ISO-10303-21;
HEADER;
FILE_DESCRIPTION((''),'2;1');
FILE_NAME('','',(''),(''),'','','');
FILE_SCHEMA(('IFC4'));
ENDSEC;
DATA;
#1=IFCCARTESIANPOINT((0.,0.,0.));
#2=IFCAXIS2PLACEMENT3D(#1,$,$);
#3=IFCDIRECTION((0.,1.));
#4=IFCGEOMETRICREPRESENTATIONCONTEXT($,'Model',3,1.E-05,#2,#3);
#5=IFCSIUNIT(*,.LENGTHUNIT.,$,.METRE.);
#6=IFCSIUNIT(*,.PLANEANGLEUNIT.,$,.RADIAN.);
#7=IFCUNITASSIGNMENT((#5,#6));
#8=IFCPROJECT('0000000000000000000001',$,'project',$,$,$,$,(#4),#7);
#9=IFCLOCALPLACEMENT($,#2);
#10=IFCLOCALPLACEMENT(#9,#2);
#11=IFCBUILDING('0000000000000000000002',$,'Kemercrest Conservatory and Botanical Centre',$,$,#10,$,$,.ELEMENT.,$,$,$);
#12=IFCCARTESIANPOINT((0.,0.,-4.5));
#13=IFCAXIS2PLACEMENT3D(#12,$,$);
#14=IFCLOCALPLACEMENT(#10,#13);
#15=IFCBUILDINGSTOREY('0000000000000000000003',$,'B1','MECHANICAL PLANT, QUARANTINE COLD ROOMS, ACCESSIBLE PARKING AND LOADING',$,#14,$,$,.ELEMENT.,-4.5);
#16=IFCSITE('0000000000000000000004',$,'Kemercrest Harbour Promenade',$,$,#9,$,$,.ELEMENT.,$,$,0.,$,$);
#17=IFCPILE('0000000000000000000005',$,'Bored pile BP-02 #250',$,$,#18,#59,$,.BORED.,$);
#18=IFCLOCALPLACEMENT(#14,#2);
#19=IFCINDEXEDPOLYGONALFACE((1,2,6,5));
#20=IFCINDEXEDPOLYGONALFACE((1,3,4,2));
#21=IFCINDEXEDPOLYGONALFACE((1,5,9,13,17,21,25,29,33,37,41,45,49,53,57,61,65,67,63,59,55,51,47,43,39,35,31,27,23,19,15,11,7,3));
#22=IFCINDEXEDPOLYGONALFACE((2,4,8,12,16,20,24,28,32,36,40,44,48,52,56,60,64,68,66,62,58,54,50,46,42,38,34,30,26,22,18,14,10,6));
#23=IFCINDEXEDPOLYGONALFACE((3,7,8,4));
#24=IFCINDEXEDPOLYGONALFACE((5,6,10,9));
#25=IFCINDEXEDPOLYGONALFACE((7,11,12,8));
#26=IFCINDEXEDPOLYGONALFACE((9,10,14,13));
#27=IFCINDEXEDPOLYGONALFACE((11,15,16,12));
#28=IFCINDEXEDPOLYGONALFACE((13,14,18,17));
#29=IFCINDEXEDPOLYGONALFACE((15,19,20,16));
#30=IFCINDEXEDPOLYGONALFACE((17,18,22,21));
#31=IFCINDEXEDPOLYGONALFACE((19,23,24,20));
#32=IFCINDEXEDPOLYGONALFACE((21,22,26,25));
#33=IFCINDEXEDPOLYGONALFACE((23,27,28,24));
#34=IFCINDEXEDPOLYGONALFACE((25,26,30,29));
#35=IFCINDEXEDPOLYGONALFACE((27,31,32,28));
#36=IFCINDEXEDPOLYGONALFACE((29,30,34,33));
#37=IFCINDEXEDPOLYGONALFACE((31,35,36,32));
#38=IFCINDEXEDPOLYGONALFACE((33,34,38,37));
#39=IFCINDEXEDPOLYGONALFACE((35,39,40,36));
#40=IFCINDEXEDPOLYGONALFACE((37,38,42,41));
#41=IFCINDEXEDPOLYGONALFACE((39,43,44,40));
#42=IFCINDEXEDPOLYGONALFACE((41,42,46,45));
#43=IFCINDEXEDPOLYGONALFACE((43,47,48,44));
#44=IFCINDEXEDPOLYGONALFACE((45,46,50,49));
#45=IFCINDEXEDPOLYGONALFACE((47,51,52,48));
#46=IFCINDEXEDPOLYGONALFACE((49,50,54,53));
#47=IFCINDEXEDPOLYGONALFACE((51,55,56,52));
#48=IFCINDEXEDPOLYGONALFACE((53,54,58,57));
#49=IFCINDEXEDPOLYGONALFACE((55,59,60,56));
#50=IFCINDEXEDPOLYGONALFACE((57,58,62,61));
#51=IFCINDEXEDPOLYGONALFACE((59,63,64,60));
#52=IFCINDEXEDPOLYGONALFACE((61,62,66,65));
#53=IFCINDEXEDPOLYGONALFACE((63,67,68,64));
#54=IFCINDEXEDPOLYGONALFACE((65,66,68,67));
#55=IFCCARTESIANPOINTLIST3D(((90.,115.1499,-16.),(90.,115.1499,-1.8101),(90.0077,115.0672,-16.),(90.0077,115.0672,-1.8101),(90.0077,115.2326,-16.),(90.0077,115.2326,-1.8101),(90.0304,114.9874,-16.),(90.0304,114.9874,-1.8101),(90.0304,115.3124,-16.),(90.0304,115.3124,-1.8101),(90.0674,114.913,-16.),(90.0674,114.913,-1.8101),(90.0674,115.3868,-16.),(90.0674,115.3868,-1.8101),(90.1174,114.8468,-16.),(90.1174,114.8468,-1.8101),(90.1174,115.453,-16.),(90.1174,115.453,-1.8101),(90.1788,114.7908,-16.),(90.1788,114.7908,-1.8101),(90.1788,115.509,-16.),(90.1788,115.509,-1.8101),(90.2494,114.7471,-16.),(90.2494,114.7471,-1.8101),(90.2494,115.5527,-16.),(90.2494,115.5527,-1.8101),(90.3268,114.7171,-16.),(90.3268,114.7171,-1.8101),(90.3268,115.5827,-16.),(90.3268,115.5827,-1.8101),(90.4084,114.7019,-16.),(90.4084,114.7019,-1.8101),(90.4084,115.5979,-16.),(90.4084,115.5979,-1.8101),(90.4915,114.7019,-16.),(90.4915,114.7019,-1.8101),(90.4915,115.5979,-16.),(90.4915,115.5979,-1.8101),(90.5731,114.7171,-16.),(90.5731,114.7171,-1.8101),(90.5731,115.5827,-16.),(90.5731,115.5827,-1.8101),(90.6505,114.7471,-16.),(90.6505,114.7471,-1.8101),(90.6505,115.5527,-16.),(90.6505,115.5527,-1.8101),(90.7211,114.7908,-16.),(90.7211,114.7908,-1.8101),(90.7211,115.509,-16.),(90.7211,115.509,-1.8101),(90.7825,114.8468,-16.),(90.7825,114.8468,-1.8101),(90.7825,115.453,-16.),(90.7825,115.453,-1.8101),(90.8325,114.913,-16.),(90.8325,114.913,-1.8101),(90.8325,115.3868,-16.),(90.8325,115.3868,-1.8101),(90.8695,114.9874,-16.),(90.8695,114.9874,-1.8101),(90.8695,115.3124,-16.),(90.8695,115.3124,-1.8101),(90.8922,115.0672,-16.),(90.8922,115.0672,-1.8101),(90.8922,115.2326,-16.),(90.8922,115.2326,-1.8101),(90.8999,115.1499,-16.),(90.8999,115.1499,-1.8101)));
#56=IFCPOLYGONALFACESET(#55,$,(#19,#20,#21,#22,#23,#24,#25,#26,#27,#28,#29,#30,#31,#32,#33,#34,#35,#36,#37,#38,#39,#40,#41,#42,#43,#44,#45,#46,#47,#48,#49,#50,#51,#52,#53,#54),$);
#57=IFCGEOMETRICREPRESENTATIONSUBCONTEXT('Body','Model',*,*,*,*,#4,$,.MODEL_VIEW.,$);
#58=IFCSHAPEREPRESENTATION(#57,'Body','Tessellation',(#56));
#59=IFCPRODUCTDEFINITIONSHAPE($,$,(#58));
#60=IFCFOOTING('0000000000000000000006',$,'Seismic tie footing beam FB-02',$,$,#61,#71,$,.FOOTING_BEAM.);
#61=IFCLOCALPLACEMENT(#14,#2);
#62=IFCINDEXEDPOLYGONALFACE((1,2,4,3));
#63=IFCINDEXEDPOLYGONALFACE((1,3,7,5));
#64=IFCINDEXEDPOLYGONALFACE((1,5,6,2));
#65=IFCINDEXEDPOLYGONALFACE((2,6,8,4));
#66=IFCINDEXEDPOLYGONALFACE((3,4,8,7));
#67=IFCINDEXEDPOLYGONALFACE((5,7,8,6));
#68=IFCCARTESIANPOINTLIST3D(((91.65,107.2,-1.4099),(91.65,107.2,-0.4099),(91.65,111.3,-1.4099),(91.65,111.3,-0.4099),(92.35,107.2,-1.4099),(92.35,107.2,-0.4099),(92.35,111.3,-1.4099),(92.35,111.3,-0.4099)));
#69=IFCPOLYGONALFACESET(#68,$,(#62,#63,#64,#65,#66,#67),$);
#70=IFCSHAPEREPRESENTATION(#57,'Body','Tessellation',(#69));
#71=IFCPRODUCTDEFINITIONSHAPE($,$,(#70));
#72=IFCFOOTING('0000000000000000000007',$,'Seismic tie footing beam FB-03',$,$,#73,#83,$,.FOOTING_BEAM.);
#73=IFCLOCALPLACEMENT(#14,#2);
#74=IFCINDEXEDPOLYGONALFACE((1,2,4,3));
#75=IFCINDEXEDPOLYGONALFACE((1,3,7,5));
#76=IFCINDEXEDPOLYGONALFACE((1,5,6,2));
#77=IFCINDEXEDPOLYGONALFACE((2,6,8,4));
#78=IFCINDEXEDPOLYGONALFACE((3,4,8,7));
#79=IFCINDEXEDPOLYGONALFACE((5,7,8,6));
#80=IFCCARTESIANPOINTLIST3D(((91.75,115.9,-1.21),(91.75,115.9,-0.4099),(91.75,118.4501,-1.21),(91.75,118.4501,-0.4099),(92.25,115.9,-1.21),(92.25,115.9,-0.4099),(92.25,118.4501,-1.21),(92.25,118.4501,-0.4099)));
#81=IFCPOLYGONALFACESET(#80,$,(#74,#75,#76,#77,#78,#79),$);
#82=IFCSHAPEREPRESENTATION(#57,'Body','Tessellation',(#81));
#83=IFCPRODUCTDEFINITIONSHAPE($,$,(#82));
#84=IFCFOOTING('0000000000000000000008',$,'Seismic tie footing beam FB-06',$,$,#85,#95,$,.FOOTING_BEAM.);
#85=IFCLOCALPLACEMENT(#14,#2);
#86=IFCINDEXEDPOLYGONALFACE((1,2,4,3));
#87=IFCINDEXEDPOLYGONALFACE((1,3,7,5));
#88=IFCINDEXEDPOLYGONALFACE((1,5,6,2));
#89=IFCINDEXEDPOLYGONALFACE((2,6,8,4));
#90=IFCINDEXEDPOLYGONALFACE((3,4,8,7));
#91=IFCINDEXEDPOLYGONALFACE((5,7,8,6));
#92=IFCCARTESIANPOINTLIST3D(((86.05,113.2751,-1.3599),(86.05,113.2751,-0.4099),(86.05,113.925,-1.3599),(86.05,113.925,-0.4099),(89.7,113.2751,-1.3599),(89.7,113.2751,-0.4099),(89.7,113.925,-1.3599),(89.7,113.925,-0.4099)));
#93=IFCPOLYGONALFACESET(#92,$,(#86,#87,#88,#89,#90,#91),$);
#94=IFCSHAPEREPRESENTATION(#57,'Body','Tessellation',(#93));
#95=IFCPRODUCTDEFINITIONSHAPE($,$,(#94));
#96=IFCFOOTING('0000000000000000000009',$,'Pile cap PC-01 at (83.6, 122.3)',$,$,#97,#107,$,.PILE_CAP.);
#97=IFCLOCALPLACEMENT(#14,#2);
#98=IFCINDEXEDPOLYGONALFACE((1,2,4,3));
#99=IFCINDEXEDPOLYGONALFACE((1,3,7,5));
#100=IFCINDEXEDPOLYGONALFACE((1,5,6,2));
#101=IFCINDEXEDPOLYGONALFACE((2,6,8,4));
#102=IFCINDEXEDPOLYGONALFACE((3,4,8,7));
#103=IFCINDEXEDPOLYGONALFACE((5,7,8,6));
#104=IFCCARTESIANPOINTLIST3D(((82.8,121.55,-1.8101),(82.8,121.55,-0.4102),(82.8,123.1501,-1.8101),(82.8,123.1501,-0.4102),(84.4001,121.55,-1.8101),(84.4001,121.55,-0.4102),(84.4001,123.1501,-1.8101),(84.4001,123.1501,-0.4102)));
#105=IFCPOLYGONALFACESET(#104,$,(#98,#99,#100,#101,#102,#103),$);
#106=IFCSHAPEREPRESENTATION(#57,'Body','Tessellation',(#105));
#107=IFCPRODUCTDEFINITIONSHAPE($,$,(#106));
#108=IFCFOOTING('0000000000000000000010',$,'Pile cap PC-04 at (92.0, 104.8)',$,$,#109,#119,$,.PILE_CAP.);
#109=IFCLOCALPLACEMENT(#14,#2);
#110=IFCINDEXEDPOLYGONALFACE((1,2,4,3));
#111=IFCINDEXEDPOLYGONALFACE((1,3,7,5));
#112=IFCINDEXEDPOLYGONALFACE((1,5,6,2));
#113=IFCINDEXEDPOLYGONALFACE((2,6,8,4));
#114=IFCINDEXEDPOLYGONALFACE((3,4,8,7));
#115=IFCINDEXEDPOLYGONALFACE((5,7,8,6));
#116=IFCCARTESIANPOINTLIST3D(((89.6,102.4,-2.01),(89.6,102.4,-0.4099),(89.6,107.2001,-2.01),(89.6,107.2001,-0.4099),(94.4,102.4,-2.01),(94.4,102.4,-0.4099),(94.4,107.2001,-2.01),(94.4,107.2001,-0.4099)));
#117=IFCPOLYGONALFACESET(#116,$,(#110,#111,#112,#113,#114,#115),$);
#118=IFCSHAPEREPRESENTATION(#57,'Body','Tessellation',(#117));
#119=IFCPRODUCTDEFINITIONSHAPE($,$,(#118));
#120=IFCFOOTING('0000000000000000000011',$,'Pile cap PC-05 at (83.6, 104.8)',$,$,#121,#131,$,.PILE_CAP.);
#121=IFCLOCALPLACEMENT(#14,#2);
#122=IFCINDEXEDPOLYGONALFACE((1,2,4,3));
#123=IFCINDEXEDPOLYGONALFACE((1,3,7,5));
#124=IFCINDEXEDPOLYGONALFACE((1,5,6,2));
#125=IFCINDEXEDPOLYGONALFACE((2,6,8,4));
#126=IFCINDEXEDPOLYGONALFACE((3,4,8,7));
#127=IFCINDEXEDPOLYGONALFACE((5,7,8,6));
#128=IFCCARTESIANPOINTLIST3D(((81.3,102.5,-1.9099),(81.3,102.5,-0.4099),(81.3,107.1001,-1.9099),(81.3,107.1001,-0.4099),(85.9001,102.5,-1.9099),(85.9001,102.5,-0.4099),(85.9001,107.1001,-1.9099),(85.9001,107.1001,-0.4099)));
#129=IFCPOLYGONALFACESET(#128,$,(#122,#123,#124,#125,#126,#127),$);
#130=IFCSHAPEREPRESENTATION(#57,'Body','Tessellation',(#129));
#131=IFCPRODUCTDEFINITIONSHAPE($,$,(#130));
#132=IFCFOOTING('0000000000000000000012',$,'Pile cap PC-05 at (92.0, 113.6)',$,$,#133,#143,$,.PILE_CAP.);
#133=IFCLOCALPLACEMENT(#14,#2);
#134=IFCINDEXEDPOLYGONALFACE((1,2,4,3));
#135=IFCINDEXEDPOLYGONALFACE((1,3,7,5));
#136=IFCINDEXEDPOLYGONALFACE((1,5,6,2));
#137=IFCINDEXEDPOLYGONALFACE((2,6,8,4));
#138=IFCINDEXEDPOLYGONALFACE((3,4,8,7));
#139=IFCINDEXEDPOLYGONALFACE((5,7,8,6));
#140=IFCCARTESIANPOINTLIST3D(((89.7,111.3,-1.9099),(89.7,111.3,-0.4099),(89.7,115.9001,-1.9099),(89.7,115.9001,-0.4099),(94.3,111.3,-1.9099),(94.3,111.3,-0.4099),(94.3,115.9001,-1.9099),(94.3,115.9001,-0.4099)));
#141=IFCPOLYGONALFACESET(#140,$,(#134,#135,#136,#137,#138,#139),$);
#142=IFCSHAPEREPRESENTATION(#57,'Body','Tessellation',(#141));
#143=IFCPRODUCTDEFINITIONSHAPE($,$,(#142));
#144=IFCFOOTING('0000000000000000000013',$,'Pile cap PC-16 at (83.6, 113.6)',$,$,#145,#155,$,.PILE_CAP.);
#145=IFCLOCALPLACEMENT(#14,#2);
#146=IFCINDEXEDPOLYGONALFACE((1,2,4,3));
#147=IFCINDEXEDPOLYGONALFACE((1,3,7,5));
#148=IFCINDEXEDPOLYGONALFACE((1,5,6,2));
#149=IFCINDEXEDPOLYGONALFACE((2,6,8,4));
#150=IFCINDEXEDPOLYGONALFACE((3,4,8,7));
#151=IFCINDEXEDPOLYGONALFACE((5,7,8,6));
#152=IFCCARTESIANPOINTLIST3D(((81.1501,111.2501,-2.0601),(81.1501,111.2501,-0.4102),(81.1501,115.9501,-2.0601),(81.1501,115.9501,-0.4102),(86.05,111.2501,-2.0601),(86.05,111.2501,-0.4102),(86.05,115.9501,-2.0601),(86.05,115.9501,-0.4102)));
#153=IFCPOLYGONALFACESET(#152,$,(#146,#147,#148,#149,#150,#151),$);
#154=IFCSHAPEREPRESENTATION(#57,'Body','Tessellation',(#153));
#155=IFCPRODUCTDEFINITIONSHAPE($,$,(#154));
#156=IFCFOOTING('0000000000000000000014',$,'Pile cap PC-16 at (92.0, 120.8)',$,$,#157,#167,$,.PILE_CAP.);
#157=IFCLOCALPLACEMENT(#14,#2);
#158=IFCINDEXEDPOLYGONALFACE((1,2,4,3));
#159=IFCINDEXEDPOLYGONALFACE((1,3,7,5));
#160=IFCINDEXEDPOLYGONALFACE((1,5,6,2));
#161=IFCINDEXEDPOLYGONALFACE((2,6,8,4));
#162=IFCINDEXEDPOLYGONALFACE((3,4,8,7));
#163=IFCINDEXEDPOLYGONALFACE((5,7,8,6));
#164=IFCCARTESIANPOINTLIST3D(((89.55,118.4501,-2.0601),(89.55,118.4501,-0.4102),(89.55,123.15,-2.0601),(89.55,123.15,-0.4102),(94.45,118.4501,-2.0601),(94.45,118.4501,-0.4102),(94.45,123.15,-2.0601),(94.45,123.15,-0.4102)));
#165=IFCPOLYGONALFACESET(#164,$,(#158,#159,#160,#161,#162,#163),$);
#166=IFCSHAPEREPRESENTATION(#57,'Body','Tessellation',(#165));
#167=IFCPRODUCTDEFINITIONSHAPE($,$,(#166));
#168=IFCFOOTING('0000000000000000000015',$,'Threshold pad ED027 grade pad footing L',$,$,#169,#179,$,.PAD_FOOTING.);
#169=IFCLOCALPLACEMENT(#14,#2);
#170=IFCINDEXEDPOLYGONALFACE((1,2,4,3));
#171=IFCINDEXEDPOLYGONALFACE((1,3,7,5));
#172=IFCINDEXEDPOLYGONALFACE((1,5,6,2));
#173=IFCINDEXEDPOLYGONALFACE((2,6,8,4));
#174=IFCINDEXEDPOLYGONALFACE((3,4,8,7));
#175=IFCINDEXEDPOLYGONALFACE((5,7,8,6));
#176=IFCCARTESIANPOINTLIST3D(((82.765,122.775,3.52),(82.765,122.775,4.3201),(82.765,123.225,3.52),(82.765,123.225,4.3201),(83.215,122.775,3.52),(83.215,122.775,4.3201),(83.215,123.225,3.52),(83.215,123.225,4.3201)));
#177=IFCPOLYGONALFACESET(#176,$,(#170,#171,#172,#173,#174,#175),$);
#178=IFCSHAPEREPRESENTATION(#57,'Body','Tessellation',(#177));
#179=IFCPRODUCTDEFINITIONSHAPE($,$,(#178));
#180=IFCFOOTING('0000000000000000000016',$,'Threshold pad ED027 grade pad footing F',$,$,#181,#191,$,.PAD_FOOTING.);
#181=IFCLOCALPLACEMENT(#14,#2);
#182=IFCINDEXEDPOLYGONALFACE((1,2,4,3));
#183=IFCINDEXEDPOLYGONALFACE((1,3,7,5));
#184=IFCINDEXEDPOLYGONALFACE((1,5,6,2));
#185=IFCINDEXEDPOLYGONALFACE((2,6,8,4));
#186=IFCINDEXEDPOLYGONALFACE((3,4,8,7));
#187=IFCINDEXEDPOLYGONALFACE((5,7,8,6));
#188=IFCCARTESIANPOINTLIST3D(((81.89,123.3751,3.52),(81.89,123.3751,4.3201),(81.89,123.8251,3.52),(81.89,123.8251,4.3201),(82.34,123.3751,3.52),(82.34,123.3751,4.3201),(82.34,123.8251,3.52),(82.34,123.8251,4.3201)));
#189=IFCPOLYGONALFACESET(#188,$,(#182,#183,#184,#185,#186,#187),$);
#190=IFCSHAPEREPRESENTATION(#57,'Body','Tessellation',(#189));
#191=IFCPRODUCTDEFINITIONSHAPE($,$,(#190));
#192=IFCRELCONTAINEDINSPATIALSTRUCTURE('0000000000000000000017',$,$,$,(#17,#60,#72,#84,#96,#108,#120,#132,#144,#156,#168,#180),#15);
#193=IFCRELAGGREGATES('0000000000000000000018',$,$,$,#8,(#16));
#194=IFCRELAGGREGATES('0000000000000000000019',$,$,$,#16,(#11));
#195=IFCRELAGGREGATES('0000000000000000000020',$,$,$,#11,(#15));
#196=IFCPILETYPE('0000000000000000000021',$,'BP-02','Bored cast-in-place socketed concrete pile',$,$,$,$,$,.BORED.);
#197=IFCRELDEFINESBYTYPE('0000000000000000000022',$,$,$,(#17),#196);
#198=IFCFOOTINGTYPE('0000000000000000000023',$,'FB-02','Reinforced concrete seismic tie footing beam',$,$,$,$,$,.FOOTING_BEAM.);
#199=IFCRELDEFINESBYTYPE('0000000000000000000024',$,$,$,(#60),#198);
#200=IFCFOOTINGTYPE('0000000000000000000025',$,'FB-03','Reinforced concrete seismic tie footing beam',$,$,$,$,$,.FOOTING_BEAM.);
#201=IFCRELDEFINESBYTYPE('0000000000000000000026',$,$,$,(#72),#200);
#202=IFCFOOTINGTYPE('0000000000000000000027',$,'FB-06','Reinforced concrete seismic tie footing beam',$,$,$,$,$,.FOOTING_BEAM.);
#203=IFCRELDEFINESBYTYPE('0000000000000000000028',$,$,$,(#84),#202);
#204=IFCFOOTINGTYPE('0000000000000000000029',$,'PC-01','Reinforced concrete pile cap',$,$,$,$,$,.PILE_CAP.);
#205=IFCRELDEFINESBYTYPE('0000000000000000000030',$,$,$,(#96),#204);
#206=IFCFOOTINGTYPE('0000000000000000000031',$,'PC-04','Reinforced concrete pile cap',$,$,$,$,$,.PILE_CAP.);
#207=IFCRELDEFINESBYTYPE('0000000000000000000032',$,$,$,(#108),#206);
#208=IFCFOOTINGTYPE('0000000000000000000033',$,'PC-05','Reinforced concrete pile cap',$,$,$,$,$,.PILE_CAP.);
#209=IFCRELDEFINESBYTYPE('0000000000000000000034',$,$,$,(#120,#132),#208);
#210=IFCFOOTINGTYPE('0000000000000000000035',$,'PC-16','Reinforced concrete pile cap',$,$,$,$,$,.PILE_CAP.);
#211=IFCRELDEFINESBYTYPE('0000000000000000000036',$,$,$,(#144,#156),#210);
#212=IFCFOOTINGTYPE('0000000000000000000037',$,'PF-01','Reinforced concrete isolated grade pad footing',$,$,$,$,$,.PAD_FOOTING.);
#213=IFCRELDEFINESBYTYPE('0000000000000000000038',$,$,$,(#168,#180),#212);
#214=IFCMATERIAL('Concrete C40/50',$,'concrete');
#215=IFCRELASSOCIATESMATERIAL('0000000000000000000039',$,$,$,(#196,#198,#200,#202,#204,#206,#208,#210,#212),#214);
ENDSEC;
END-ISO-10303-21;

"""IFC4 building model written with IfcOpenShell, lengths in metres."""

from ifc_helpers import new_model, si_unit, direction, frame, origin, origin_2d, place, context, subcontext, project, spatial, rectangle, circle, extrude, material, material_profile, profile_set, type_object, element, save


model = new_model("IFC4")

# Units and contexts
model_context = context("Model", 3, precision=1e-05, world=origin(), true_north=direction((0.0, 1.0)))
body_context = subcontext(model_context, "Body", "Model", "MODEL_VIEW")
ifc_project = project(units=[si_unit("LENGTHUNIT", "METRE"), si_unit("PLANEANGLEUNIT", "RADIAN")], contexts=[model_context])

# Site, building, storey
site_placement = place(None, origin())
site = spatial("IfcSite", under=ifc_project, at=site_placement, Name="Kemercrest Harbour Promenade", CompositionType="ELEMENT", RefElevation=0.0)
building_placement = place(site_placement, origin())
building = spatial("IfcBuilding", under=site, at=building_placement, Name="Kemercrest Conservatory and Botanical Centre", CompositionType="ELEMENT")
storey_placement = place(building_placement, frame((0.0, 0.0, -4.5)))
storey = spatial("IfcBuildingStorey", under=building, at=storey_placement, Name="B1", Description="MECHANICAL PLANT, QUARANTINE COLD ROOMS, ACCESSIBLE PARKING AND LOADING", CompositionType="ELEMENT", Elevation=-4.5)

# Pile
ifc_material_1 = material(Name="Concrete C40/50", Category="concrete")
ifc_material_profile_1 = material_profile(ifc_material_1, circle(Radius=0.45, at=origin_2d()), Name="BORED PILE 900")
ifc_profile_set_1 = profile_set([ifc_material_profile_1], Name="Concrete C40/50")
pile_type_1 = type_object("IfcPileType", Name="BP-02", Description="Bored cast-in-place socketed concrete pile", PredefinedType="BORED", material=ifc_profile_set_1)
for number, where, z_axis, x_axis, name in (
    (1, (90.45, 115.1499, -1.8101), (0.0, 0.0, -1.0), (1.0, 0.0, 0.0), "Bored pile BP-02 #250"),
):
    element("IfcPile", number, at=place(storey_placement, frame(where, z_axis=z_axis, x_axis=x_axis)), inside=storey, type_object=pile_type_1, Name=name, PredefinedType="BORED", context=body_context, shape_type="SweptSolid", body=[
        extrude(circle(Radius=0.45, at=origin_2d()), origin(), (0.0, 0.0, 1.0), 14.1899),
    ])

# Footings
footing_type_1 = type_object("IfcFootingType", Name="FB-02", Description="Reinforced concrete seismic tie footing beam", PredefinedType="FOOTING_BEAM", material=ifc_material_1)
footing_1_placement = place(storey_placement, frame((92.0, 109.25, -1.4099), z_axis=(0.0, 0.0, 1.0), x_axis=(1.0, 0.0, 0.0)))
element("IfcFooting", 2, at=footing_1_placement, inside=storey, type_object=footing_type_1, Name="Seismic tie footing beam FB-02", PredefinedType="FOOTING_BEAM", context=body_context, shape_type="SweptSolid", body=[
    extrude(rectangle(XDim=0.7, YDim=4.1001, at=origin_2d()), origin(), (0.0, 0.0, 1.0), 1.0),
])
footing_type_2 = type_object("IfcFootingType", Name="FB-03", Description="Reinforced concrete seismic tie footing beam", PredefinedType="FOOTING_BEAM", material=ifc_material_1)
footing_2_placement = place(storey_placement, frame((92.0, 117.175, -1.21), z_axis=(0.0, 0.0, 1.0), x_axis=(1.0, 0.0, 0.0)))
element("IfcFooting", 3, at=footing_2_placement, inside=storey, type_object=footing_type_2, Name="Seismic tie footing beam FB-03", PredefinedType="FOOTING_BEAM", context=body_context, shape_type="SweptSolid", body=[
    extrude(rectangle(XDim=0.5, YDim=2.55, at=origin_2d()), origin(), (0.0, 0.0, 1.0), 0.8),
])
footing_type_3 = type_object("IfcFootingType", Name="FB-06", Description="Reinforced concrete seismic tie footing beam", PredefinedType="FOOTING_BEAM", material=ifc_material_1)
footing_3_placement = place(storey_placement, frame((87.875, 113.6001, -1.3599), z_axis=(0.0, 0.0, 1.0), x_axis=(1.0, 0.0, 0.0)))
element("IfcFooting", 4, at=footing_3_placement, inside=storey, type_object=footing_type_3, Name="Seismic tie footing beam FB-06", PredefinedType="FOOTING_BEAM", context=body_context, shape_type="SweptSolid", body=[
    extrude(rectangle(XDim=3.6499, YDim=0.6499, at=origin_2d()), origin(), (0.0, 0.0, 1.0), 0.95),
])
footing_type_4 = type_object("IfcFootingType", Name="PC-01", Description="Reinforced concrete pile cap", PredefinedType="PILE_CAP", material=ifc_material_1)
footing_4_placement = place(storey_placement, frame((83.6001, 122.3501, -1.8101), z_axis=(0.0, 0.0, 1.0), x_axis=(1.0, 0.0, 0.0)))
element("IfcFooting", 5, at=footing_4_placement, inside=storey, type_object=footing_type_4, Name="Pile cap PC-01 at (83.6, 122.3)", PredefinedType="PILE_CAP", context=body_context, shape_type="SweptSolid", body=[
    extrude(rectangle(XDim=1.6001, YDim=1.6001, at=origin_2d()), origin(), (0.0, 0.0, 1.0), 1.3999),
])
footing_type_5 = type_object("IfcFootingType", Name="PC-04", Description="Reinforced concrete pile cap", PredefinedType="PILE_CAP", material=ifc_material_1)
footing_5_placement = place(storey_placement, frame((92.0, 104.8, -2.01), z_axis=(0.0, 0.0, 1.0), x_axis=(1.0, 0.0, 0.0)))
element("IfcFooting", 6, at=footing_5_placement, inside=storey, type_object=footing_type_5, Name="Pile cap PC-04 at (92.0, 104.8)", PredefinedType="PILE_CAP", context=body_context, shape_type="SweptSolid", body=[
    extrude(rectangle(XDim=4.8, YDim=4.8, at=origin_2d()), origin(), (0.0, 0.0, 1.0), 1.6001),
])
footing_type_6 = type_object("IfcFootingType", Name="PC-05", Description="Reinforced concrete pile cap", PredefinedType="PILE_CAP", material=ifc_material_1)
for number, where, z_axis, x_axis, name in (
    (7, (83.6001, 104.8, -1.9099), (0.0, 0.0, 1.0), (1.0, 0.0, 0.0), "Pile cap PC-05 at (83.6, 104.8)"),
    (8, (92.0, 113.6001, -1.9099), (0.0, 0.0, 1.0), (1.0, 0.0, 0.0), "Pile cap PC-05 at (92.0, 113.6)"),
):
    element("IfcFooting", number, at=place(storey_placement, frame(where, z_axis=z_axis, x_axis=x_axis)), inside=storey, type_object=footing_type_6, Name=name, PredefinedType="PILE_CAP", context=body_context, shape_type="SweptSolid", body=[
        extrude(rectangle(XDim=4.6001, YDim=4.6001, at=origin_2d()), origin(), (0.0, 0.0, 1.0), 1.5),
    ])
footing_type_7 = type_object("IfcFootingType", Name="PC-16", Description="Reinforced concrete pile cap", PredefinedType="PILE_CAP", material=ifc_material_1)
for number, where, z_axis, x_axis, name in (
    (9, (83.6001, 113.6001, -2.0601), (0.0, 0.0, 1.0), (1.0, 0.0, 0.0), "Pile cap PC-16 at (83.6, 113.6)"),
    (10, (92.0, 120.8, -2.0601), (0.0, 0.0, 1.0), (1.0, 0.0, 0.0), "Pile cap PC-16 at (92.0, 120.8)"),
):
    element("IfcFooting", number, at=place(storey_placement, frame(where, z_axis=z_axis, x_axis=x_axis)), inside=storey, type_object=footing_type_7, Name=name, PredefinedType="PILE_CAP", context=body_context, shape_type="SweptSolid", body=[
        extrude(rectangle(XDim=4.8999, YDim=4.7, at=origin_2d()), origin(), (0.0, 0.0, 1.0), 1.6499),
    ])
footing_type_8 = type_object("IfcFootingType", Name="PF-01", Description="Reinforced concrete isolated grade pad footing", PredefinedType="PAD_FOOTING", material=ifc_material_1)
for number, where, z_axis, x_axis, name in (
    (11, (82.99, 123.0, 3.52), (0.0, 0.0, 1.0), (-1.0, 0.0, 0.0), "Threshold pad ED027 grade pad footing L"),
    (12, (82.115, 123.6001, 3.52), (0.0, 0.0, 1.0), (-1.0, 0.0, 0.0), "Threshold pad ED027 grade pad footing F"),
):
    element("IfcFooting", number, at=place(storey_placement, frame(where, z_axis=z_axis, x_axis=x_axis)), inside=storey, type_object=footing_type_8, Name=name, PredefinedType="PAD_FOOTING", context=body_context, shape_type="SweptSolid", body=[
        extrude(rectangle(XDim=0.45, YDim=0.45, at=origin_2d()), origin(), (0.0, 0.0, 1.0), 0.8),
    ])

save(model, "model.ifc")
